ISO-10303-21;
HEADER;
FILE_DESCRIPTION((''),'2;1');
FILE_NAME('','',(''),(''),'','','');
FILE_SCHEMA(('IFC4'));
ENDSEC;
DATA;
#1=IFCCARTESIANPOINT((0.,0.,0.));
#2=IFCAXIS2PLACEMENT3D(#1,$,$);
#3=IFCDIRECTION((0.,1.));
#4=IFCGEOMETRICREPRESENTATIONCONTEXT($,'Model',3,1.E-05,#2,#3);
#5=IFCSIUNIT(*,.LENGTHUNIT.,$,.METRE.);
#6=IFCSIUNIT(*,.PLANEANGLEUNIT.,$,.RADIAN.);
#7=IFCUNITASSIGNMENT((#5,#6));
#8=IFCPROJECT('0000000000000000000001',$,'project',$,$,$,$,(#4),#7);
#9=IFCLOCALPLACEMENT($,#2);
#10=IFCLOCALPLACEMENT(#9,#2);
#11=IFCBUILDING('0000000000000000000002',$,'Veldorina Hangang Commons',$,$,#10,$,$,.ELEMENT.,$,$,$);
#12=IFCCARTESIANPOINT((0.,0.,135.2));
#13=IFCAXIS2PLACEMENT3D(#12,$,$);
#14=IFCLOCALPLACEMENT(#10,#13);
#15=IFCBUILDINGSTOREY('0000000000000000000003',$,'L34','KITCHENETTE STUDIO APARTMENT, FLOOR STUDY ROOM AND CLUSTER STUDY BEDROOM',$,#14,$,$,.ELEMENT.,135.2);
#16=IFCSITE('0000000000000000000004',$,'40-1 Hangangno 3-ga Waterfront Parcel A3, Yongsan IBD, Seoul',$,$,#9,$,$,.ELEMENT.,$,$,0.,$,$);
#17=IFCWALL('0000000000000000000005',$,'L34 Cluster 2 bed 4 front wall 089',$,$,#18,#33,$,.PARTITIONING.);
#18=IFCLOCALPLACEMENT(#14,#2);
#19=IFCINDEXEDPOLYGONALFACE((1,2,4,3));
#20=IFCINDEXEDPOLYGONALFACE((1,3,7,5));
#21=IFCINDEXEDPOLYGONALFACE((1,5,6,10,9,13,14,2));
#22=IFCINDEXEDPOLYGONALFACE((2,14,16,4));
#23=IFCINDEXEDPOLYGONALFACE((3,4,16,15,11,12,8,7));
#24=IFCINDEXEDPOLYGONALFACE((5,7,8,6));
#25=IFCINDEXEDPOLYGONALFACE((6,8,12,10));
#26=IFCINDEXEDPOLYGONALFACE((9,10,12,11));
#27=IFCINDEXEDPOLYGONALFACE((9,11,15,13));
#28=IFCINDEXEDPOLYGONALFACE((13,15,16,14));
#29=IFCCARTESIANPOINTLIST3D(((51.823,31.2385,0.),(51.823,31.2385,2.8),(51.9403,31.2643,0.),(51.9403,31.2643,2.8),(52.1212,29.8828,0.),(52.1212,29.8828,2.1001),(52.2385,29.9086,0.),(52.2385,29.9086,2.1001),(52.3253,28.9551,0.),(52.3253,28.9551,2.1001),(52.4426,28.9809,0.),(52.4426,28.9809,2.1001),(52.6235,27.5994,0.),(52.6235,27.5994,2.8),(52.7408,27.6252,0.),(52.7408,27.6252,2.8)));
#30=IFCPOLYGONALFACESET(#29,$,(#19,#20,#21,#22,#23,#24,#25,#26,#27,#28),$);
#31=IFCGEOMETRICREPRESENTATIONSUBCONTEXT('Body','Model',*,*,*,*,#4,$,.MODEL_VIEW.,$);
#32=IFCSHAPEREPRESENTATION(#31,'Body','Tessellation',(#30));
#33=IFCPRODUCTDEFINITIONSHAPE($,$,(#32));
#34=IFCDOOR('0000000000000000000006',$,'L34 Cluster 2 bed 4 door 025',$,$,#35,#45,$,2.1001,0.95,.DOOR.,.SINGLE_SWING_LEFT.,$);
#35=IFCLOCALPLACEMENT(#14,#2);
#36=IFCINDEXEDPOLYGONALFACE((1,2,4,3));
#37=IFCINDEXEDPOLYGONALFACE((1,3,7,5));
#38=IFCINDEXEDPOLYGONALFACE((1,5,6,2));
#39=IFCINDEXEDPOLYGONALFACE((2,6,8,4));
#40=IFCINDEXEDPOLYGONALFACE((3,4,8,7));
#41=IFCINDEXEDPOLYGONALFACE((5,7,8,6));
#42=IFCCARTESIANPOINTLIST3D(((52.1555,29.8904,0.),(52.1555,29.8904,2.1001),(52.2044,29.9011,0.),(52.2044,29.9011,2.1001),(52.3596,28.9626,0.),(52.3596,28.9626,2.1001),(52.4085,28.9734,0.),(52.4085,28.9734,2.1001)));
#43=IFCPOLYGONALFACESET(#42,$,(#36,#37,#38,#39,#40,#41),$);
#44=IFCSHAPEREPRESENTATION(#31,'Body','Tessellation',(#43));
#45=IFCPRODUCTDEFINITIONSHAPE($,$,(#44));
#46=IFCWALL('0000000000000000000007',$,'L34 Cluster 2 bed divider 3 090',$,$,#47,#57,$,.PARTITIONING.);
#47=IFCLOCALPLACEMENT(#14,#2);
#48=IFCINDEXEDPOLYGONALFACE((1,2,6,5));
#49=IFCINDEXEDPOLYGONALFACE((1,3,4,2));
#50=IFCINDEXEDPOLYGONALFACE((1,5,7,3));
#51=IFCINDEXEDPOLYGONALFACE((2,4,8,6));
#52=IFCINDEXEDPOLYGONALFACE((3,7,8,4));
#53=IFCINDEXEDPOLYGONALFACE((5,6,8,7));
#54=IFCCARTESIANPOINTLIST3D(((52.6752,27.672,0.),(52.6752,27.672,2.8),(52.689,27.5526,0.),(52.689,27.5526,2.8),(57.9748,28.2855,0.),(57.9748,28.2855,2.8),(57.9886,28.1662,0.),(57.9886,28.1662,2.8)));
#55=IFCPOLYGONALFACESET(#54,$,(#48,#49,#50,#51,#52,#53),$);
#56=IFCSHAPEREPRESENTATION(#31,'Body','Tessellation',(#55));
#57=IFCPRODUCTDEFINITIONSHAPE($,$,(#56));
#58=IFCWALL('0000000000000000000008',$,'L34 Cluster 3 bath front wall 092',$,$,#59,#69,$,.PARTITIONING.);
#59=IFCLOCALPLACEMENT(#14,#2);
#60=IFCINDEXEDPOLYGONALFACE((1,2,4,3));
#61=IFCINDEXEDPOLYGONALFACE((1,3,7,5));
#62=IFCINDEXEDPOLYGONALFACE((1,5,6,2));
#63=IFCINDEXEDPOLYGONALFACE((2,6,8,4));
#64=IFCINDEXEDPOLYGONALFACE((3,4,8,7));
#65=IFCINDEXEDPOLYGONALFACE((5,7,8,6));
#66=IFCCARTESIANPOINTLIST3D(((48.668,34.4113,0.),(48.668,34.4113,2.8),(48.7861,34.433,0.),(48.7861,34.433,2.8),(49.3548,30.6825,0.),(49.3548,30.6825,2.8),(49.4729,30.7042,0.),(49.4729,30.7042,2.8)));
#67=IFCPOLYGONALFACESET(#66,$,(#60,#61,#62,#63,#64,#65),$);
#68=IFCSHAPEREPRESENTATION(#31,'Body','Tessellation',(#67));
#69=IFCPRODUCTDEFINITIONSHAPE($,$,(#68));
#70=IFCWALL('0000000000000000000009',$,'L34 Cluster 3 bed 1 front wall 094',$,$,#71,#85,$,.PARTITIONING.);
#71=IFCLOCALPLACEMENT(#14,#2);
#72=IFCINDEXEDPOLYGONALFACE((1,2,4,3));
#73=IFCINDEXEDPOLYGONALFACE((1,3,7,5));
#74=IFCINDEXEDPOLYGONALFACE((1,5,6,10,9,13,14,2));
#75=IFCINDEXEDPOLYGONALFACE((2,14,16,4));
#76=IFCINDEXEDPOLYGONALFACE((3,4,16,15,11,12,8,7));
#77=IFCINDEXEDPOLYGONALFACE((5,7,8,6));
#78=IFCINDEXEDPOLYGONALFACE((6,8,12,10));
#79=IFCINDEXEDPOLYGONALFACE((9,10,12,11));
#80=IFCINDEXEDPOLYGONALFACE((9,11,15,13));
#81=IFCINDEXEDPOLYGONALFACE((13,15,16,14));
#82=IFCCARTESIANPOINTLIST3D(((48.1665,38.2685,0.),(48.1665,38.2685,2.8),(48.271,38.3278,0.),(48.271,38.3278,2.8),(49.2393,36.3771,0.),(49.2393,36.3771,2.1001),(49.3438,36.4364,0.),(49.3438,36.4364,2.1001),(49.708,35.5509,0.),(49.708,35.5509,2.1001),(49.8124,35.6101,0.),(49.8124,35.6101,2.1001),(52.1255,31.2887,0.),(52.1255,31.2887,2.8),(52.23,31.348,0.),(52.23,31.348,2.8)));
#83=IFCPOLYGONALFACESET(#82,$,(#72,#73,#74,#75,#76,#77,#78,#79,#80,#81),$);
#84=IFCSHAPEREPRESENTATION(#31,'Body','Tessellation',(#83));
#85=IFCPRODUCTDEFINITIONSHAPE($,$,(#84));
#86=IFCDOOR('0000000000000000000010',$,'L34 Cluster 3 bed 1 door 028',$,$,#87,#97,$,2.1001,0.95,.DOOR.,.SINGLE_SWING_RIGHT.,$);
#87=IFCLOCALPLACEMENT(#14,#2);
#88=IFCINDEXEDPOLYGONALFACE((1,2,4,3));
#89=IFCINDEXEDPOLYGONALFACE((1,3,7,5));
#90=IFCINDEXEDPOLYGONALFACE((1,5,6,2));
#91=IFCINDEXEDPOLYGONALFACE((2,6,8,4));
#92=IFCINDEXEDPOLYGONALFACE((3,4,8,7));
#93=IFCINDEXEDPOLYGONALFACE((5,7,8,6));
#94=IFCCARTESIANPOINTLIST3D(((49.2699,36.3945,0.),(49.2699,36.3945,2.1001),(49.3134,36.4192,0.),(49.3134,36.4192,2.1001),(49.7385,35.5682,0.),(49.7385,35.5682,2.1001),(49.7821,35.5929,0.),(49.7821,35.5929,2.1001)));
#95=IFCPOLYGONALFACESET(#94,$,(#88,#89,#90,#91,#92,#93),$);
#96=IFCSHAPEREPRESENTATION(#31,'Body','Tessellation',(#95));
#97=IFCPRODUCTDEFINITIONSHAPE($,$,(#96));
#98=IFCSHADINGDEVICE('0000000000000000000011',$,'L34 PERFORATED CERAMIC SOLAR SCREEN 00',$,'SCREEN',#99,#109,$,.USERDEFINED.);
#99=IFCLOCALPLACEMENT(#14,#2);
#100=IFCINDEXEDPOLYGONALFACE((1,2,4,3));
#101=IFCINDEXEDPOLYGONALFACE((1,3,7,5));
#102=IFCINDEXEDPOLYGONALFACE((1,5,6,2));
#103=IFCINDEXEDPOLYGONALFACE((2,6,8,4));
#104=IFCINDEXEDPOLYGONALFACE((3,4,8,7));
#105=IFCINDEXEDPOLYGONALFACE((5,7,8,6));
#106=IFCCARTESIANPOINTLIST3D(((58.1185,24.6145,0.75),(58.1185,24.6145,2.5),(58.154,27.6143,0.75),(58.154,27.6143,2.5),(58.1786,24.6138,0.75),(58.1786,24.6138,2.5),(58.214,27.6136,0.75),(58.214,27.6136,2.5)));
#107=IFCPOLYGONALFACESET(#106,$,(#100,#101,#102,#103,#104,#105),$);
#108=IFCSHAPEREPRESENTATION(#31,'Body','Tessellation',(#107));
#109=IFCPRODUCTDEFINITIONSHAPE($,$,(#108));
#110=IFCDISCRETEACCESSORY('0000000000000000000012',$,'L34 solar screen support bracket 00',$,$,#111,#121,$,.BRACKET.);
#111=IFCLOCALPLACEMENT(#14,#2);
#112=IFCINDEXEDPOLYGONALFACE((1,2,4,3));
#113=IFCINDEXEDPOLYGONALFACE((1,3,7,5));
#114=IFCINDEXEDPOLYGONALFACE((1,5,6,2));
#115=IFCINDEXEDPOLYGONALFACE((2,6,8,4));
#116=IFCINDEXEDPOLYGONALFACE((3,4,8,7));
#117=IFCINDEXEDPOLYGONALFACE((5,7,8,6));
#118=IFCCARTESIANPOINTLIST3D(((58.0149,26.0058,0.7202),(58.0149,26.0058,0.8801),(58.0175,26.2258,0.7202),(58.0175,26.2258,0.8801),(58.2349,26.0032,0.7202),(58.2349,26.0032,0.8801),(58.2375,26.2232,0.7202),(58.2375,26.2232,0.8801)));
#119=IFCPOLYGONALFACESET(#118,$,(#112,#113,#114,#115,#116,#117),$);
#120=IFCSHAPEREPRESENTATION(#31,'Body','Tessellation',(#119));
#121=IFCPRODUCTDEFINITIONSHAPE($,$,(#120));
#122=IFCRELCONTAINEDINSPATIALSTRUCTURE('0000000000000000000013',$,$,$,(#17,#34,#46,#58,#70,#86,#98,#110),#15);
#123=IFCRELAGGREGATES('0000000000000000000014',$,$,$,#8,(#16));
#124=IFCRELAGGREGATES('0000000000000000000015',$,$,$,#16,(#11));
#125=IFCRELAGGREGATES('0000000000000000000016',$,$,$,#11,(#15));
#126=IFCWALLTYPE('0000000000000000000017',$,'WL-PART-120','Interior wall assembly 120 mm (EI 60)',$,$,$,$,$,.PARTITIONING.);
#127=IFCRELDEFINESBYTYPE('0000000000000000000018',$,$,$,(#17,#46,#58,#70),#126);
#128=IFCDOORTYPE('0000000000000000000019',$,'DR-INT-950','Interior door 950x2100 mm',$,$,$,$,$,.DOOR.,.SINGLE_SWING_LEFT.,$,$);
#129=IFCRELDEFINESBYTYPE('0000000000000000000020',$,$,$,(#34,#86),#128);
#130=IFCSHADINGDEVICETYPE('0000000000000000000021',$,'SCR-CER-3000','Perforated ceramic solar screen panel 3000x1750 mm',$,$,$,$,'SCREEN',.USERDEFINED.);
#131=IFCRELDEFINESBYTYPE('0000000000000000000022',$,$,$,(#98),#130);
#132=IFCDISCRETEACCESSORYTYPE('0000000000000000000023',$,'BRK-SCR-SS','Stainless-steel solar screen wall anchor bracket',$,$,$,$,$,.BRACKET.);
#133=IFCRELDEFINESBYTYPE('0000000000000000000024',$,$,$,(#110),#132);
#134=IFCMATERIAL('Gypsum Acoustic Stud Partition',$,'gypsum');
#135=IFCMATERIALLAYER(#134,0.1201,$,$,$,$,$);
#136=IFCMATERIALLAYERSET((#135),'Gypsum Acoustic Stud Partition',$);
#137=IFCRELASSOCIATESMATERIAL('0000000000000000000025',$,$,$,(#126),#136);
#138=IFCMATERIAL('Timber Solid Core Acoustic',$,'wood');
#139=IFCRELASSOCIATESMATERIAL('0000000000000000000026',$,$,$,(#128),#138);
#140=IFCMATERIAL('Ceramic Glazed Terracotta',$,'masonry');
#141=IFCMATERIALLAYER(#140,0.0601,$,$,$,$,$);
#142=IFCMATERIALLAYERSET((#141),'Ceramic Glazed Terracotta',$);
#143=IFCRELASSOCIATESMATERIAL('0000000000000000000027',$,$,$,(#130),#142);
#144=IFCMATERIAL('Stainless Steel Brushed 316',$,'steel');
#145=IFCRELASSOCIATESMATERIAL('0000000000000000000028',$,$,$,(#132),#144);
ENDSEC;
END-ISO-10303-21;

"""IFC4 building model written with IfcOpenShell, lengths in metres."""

from ifc_helpers import new_model, si_unit, direction, frame, frame_2d, origin, origin_2d, place, context, subcontext, project, spatial, rectangle, extrude, material, layer, layer_set, type_object, element, fill, save


model = new_model("IFC4")

# Units and contexts
model_context = context("Model", 3, precision=1e-05, world=origin(), true_north=direction((0.0, 1.0)))
body_context = subcontext(model_context, "Body", "Model", "MODEL_VIEW")
ifc_project = project(units=[si_unit("LENGTHUNIT", "METRE"), si_unit("PLANEANGLEUNIT", "RADIAN")], contexts=[model_context])

# Site, building, storey
site_placement = place(None, origin())
site = spatial("IfcSite", under=ifc_project, at=site_placement, Name="40-1 Hangangno 3-ga Waterfront Parcel A3, Yongsan IBD, Seoul", CompositionType="ELEMENT", RefElevation=0.0)
building_placement = place(site_placement, origin())
building = spatial("IfcBuilding", under=site, at=building_placement, Name="Veldorina Hangang Commons", CompositionType="ELEMENT")
storey_placement = place(building_placement, frame((0.0, 0.0, 135.2)))
storey = spatial("IfcBuildingStorey", under=building, at=storey_placement, Name="L34", Description="KITCHENETTE STUDIO APARTMENT, FLOOR STUDY ROOM AND CLUSTER STUDY BEDROOM", CompositionType="ELEMENT", Elevation=135.2)

# Shared definitions
ifc_material_1 = material(Name="Gypsum Acoustic Stud Partition", Category="gypsum")
ifc_layer_1 = layer(ifc_material_1, 0.1201)
ifc_layer_set_1 = layer_set([ifc_layer_1], Name="Gypsum Acoustic Stud Partition")
wall_type_1 = type_object("IfcWallType", Name="WL-PART-120", Description="Interior wall assembly 120 mm (EI 60)", PredefinedType="PARTITIONING", material=ifc_layer_set_1)
ifc_material_2 = material(Name="Timber Solid Core Acoustic", Category="wood")
door_type = type_object("IfcDoorType", Name="DR-INT-950", Description="Interior door 950x2100 mm", OperationType="SINGLE_SWING_LEFT", PredefinedType="DOOR", material=ifc_material_2)

# Wall, opening, door
wall_1_placement = place(storey_placement, frame((52.6821, 27.6123, 0.0), z_axis=(0.0, 0.0, 1.0), x_axis=(-0.214842, 0.976649, 0.0)))
wall_1 = element("IfcWall", 1, at=wall_1_placement, inside=storey, type_object=wall_type_1, Name="L34 Cluster 2 bed 4 front wall 089", PredefinedType="PARTITIONING", context=body_context, shape_type="SweptSolid", body=[
    extrude(rectangle(XDim=3.7261, YDim=0.1201, at=frame_2d((1.863, 0.0))), origin(), (0.0, 0.0, 1.0), 2.8),
])
opening_1_placement = place(wall_1_placement, frame((1.3879, 0.0, 0.0)))
opening_1 = element("IfcOpeningElement", 2, at=opening_1_placement, cuts=wall_1, PredefinedType="OPENING", context=body_context, shape_type="SweptSolid", body=[
    extrude(rectangle(XDim=0.95, YDim=2.1001, at=frame_2d((0.4751, 1.05))), frame((0.0, 0.0701, 0.0), z_axis=(0.0, -1.0, 0.0), x_axis=(1.0, 0.0, 0.0)), (0.0, 0.0, 1.0), 0.1401),
])
door_1_placement = place(opening_1_placement, origin())
door_1 = element("IfcDoor", 3, at=door_1_placement, inside=storey, type_object=door_type, Name="L34 Cluster 2 bed 4 door 025", OperationType="SINGLE_SWING_LEFT", OverallHeight=2.1001, OverallWidth=0.95, PredefinedType="DOOR", context=body_context, shape_type="SweptSolid", body=[
    extrude(rectangle(XDim=0.95, YDim=2.1001, at=frame_2d((0.4751, 1.05))), frame((0.0, 0.0249, 0.0), z_axis=(0.0, -1.0, 0.0), x_axis=(1.0, 0.0, 0.0)), (0.0, 0.0, 1.0), 0.05),
])
fill(opening_1, door_1)

# Walls
wall_2_placement = place(storey_placement, frame((52.6821, 27.6123, 0.0), z_axis=(0.0, 0.0, 1.0), x_axis=(0.993365, 0.115001, 0.0)))
element("IfcWall", 4, at=wall_2_placement, inside=storey, type_object=wall_type_1, Name="L34 Cluster 2 bed divider 3 090", PredefinedType="PARTITIONING", context=body_context, shape_type="SweptSolid", body=[
    extrude(rectangle(XDim=5.335, YDim=0.1201, at=frame_2d((2.6675, 0.0))), origin(), (0.0, 0.0, 1.0), 2.8),
])
wall_3_placement = place(storey_placement, frame((49.4138, 30.6934, 0.0), z_axis=(0.0, 0.0, 1.0), x_axis=(-0.181135, 0.983458, 0.0)))
element("IfcWall", 5, at=wall_3_placement, inside=storey, type_object=wall_type_1, Name="L34 Cluster 3 bath front wall 092", PredefinedType="PARTITIONING", context=body_context, shape_type="SweptSolid", body=[
    extrude(rectangle(XDim=3.7915, YDim=0.1201, at=frame_2d((1.8958, 0.0))), origin(), (0.0, 0.0, 1.0), 2.8),
])

# Wall, opening, door
wall_4_placement = place(storey_placement, frame((52.1777, 31.3184, 0.0), z_axis=(0.0, 0.0, 1.0), x_axis=(-0.493371, 0.869819, 0.0)))
wall_4 = element("IfcWall", 6, at=wall_4_placement, inside=storey, type_object=wall_type_1, Name="L34 Cluster 3 bed 1 front wall 094", PredefinedType="PARTITIONING", context=body_context, shape_type="SweptSolid", body=[
    extrude(rectangle(XDim=8.0244, YDim=0.1201, at=frame_2d((4.0122, 0.0))), origin(), (0.0, 0.0, 1.0), 2.8),
])
opening_2_placement = place(wall_4_placement, frame((4.8999, 0.0, 0.0)))
opening_2 = element("IfcOpeningElement", 7, at=opening_2_placement, cuts=wall_4, PredefinedType="OPENING", context=body_context, shape_type="SweptSolid", body=[
    extrude(rectangle(XDim=0.95, YDim=2.1001, at=frame_2d((0.4751, 1.05))), frame((0.0, 0.0701, 0.0), z_axis=(0.0, -1.0, 0.0), x_axis=(1.0, 0.0, 0.0)), (0.0, 0.0, 1.0), 0.1401),
])
door_2_placement = place(opening_2_placement, origin())
door_2 = element("IfcDoor", 8, at=door_2_placement, inside=storey, type_object=door_type, Name="L34 Cluster 3 bed 1 door 028", OperationType="SINGLE_SWING_RIGHT", OverallHeight=2.1001, OverallWidth=0.95, PredefinedType="DOOR", context=body_context, shape_type="SweptSolid", body=[
    extrude(rectangle(XDim=0.95, YDim=2.1001, at=frame_2d((0.4751, 1.05))), frame((0.0, 0.0249, 0.0), z_axis=(0.0, -1.0, 0.0), x_axis=(1.0, 0.0, 0.0)), (0.0, 0.0, 1.0), 0.05),
])
fill(opening_2, door_2)

# Shading device
ifc_material_3 = material(Name="Ceramic Glazed Terracotta", Category="masonry")
ifc_layer_2 = layer(ifc_material_3, 0.0601)
ifc_layer_set_2 = layer_set([ifc_layer_2], Name="Ceramic Glazed Terracotta")
shading_device_type = type_object("IfcShadingDeviceType", Name="SCR-CER-3000", Description="Perforated ceramic solar screen panel 3000x1750 mm", ElementType="SCREEN", PredefinedType="USERDEFINED", material=ifc_layer_set_2)
shading_device_placement = place(storey_placement, frame((58.1663, 26.114, 0.75), z_axis=(0.0, 0.0, 1.0), x_axis=(0.011816, 0.99993, 0.0)))
element("IfcShadingDevice", 9, at=shading_device_placement, inside=storey, type_object=shading_device_type, Name="L34 PERFORATED CERAMIC SOLAR SCREEN 00", ObjectType="SCREEN", PredefinedType="USERDEFINED", context=body_context, shape_type="SweptSolid", body=[
    extrude(rectangle(XDim=3.0, YDim=0.0601, at=origin_2d()), origin(), (0.0, 0.0, 1.0), 1.75),
])

# Discrete accessory
ifc_material_4 = material(Name="Stainless Steel Brushed 316", Category="steel")
discrete_accessory_type = type_object("IfcDiscreteAccessoryType", Name="BRK-SCR-SS", Description="Stainless-steel solar screen wall anchor bracket", PredefinedType="BRACKET", material=ifc_material_4)
discrete_accessory_placement = place(storey_placement, frame((58.1262, 26.1145, 0.7202), z_axis=(0.0, 0.0, 1.0), x_axis=(0.011816, 0.99993, 0.0)))
element("IfcDiscreteAccessory", 10, at=discrete_accessory_placement, inside=storey, type_object=discrete_accessory_type, Name="L34 solar screen support bracket 00", PredefinedType="BRACKET", context=body_context, shape_type="SweptSolid", body=[
    extrude(rectangle(XDim=0.22, YDim=0.22, at=origin_2d()), origin(), (0.0, 0.0, 1.0), 0.1599),
])

save(model, "model.ifc")
